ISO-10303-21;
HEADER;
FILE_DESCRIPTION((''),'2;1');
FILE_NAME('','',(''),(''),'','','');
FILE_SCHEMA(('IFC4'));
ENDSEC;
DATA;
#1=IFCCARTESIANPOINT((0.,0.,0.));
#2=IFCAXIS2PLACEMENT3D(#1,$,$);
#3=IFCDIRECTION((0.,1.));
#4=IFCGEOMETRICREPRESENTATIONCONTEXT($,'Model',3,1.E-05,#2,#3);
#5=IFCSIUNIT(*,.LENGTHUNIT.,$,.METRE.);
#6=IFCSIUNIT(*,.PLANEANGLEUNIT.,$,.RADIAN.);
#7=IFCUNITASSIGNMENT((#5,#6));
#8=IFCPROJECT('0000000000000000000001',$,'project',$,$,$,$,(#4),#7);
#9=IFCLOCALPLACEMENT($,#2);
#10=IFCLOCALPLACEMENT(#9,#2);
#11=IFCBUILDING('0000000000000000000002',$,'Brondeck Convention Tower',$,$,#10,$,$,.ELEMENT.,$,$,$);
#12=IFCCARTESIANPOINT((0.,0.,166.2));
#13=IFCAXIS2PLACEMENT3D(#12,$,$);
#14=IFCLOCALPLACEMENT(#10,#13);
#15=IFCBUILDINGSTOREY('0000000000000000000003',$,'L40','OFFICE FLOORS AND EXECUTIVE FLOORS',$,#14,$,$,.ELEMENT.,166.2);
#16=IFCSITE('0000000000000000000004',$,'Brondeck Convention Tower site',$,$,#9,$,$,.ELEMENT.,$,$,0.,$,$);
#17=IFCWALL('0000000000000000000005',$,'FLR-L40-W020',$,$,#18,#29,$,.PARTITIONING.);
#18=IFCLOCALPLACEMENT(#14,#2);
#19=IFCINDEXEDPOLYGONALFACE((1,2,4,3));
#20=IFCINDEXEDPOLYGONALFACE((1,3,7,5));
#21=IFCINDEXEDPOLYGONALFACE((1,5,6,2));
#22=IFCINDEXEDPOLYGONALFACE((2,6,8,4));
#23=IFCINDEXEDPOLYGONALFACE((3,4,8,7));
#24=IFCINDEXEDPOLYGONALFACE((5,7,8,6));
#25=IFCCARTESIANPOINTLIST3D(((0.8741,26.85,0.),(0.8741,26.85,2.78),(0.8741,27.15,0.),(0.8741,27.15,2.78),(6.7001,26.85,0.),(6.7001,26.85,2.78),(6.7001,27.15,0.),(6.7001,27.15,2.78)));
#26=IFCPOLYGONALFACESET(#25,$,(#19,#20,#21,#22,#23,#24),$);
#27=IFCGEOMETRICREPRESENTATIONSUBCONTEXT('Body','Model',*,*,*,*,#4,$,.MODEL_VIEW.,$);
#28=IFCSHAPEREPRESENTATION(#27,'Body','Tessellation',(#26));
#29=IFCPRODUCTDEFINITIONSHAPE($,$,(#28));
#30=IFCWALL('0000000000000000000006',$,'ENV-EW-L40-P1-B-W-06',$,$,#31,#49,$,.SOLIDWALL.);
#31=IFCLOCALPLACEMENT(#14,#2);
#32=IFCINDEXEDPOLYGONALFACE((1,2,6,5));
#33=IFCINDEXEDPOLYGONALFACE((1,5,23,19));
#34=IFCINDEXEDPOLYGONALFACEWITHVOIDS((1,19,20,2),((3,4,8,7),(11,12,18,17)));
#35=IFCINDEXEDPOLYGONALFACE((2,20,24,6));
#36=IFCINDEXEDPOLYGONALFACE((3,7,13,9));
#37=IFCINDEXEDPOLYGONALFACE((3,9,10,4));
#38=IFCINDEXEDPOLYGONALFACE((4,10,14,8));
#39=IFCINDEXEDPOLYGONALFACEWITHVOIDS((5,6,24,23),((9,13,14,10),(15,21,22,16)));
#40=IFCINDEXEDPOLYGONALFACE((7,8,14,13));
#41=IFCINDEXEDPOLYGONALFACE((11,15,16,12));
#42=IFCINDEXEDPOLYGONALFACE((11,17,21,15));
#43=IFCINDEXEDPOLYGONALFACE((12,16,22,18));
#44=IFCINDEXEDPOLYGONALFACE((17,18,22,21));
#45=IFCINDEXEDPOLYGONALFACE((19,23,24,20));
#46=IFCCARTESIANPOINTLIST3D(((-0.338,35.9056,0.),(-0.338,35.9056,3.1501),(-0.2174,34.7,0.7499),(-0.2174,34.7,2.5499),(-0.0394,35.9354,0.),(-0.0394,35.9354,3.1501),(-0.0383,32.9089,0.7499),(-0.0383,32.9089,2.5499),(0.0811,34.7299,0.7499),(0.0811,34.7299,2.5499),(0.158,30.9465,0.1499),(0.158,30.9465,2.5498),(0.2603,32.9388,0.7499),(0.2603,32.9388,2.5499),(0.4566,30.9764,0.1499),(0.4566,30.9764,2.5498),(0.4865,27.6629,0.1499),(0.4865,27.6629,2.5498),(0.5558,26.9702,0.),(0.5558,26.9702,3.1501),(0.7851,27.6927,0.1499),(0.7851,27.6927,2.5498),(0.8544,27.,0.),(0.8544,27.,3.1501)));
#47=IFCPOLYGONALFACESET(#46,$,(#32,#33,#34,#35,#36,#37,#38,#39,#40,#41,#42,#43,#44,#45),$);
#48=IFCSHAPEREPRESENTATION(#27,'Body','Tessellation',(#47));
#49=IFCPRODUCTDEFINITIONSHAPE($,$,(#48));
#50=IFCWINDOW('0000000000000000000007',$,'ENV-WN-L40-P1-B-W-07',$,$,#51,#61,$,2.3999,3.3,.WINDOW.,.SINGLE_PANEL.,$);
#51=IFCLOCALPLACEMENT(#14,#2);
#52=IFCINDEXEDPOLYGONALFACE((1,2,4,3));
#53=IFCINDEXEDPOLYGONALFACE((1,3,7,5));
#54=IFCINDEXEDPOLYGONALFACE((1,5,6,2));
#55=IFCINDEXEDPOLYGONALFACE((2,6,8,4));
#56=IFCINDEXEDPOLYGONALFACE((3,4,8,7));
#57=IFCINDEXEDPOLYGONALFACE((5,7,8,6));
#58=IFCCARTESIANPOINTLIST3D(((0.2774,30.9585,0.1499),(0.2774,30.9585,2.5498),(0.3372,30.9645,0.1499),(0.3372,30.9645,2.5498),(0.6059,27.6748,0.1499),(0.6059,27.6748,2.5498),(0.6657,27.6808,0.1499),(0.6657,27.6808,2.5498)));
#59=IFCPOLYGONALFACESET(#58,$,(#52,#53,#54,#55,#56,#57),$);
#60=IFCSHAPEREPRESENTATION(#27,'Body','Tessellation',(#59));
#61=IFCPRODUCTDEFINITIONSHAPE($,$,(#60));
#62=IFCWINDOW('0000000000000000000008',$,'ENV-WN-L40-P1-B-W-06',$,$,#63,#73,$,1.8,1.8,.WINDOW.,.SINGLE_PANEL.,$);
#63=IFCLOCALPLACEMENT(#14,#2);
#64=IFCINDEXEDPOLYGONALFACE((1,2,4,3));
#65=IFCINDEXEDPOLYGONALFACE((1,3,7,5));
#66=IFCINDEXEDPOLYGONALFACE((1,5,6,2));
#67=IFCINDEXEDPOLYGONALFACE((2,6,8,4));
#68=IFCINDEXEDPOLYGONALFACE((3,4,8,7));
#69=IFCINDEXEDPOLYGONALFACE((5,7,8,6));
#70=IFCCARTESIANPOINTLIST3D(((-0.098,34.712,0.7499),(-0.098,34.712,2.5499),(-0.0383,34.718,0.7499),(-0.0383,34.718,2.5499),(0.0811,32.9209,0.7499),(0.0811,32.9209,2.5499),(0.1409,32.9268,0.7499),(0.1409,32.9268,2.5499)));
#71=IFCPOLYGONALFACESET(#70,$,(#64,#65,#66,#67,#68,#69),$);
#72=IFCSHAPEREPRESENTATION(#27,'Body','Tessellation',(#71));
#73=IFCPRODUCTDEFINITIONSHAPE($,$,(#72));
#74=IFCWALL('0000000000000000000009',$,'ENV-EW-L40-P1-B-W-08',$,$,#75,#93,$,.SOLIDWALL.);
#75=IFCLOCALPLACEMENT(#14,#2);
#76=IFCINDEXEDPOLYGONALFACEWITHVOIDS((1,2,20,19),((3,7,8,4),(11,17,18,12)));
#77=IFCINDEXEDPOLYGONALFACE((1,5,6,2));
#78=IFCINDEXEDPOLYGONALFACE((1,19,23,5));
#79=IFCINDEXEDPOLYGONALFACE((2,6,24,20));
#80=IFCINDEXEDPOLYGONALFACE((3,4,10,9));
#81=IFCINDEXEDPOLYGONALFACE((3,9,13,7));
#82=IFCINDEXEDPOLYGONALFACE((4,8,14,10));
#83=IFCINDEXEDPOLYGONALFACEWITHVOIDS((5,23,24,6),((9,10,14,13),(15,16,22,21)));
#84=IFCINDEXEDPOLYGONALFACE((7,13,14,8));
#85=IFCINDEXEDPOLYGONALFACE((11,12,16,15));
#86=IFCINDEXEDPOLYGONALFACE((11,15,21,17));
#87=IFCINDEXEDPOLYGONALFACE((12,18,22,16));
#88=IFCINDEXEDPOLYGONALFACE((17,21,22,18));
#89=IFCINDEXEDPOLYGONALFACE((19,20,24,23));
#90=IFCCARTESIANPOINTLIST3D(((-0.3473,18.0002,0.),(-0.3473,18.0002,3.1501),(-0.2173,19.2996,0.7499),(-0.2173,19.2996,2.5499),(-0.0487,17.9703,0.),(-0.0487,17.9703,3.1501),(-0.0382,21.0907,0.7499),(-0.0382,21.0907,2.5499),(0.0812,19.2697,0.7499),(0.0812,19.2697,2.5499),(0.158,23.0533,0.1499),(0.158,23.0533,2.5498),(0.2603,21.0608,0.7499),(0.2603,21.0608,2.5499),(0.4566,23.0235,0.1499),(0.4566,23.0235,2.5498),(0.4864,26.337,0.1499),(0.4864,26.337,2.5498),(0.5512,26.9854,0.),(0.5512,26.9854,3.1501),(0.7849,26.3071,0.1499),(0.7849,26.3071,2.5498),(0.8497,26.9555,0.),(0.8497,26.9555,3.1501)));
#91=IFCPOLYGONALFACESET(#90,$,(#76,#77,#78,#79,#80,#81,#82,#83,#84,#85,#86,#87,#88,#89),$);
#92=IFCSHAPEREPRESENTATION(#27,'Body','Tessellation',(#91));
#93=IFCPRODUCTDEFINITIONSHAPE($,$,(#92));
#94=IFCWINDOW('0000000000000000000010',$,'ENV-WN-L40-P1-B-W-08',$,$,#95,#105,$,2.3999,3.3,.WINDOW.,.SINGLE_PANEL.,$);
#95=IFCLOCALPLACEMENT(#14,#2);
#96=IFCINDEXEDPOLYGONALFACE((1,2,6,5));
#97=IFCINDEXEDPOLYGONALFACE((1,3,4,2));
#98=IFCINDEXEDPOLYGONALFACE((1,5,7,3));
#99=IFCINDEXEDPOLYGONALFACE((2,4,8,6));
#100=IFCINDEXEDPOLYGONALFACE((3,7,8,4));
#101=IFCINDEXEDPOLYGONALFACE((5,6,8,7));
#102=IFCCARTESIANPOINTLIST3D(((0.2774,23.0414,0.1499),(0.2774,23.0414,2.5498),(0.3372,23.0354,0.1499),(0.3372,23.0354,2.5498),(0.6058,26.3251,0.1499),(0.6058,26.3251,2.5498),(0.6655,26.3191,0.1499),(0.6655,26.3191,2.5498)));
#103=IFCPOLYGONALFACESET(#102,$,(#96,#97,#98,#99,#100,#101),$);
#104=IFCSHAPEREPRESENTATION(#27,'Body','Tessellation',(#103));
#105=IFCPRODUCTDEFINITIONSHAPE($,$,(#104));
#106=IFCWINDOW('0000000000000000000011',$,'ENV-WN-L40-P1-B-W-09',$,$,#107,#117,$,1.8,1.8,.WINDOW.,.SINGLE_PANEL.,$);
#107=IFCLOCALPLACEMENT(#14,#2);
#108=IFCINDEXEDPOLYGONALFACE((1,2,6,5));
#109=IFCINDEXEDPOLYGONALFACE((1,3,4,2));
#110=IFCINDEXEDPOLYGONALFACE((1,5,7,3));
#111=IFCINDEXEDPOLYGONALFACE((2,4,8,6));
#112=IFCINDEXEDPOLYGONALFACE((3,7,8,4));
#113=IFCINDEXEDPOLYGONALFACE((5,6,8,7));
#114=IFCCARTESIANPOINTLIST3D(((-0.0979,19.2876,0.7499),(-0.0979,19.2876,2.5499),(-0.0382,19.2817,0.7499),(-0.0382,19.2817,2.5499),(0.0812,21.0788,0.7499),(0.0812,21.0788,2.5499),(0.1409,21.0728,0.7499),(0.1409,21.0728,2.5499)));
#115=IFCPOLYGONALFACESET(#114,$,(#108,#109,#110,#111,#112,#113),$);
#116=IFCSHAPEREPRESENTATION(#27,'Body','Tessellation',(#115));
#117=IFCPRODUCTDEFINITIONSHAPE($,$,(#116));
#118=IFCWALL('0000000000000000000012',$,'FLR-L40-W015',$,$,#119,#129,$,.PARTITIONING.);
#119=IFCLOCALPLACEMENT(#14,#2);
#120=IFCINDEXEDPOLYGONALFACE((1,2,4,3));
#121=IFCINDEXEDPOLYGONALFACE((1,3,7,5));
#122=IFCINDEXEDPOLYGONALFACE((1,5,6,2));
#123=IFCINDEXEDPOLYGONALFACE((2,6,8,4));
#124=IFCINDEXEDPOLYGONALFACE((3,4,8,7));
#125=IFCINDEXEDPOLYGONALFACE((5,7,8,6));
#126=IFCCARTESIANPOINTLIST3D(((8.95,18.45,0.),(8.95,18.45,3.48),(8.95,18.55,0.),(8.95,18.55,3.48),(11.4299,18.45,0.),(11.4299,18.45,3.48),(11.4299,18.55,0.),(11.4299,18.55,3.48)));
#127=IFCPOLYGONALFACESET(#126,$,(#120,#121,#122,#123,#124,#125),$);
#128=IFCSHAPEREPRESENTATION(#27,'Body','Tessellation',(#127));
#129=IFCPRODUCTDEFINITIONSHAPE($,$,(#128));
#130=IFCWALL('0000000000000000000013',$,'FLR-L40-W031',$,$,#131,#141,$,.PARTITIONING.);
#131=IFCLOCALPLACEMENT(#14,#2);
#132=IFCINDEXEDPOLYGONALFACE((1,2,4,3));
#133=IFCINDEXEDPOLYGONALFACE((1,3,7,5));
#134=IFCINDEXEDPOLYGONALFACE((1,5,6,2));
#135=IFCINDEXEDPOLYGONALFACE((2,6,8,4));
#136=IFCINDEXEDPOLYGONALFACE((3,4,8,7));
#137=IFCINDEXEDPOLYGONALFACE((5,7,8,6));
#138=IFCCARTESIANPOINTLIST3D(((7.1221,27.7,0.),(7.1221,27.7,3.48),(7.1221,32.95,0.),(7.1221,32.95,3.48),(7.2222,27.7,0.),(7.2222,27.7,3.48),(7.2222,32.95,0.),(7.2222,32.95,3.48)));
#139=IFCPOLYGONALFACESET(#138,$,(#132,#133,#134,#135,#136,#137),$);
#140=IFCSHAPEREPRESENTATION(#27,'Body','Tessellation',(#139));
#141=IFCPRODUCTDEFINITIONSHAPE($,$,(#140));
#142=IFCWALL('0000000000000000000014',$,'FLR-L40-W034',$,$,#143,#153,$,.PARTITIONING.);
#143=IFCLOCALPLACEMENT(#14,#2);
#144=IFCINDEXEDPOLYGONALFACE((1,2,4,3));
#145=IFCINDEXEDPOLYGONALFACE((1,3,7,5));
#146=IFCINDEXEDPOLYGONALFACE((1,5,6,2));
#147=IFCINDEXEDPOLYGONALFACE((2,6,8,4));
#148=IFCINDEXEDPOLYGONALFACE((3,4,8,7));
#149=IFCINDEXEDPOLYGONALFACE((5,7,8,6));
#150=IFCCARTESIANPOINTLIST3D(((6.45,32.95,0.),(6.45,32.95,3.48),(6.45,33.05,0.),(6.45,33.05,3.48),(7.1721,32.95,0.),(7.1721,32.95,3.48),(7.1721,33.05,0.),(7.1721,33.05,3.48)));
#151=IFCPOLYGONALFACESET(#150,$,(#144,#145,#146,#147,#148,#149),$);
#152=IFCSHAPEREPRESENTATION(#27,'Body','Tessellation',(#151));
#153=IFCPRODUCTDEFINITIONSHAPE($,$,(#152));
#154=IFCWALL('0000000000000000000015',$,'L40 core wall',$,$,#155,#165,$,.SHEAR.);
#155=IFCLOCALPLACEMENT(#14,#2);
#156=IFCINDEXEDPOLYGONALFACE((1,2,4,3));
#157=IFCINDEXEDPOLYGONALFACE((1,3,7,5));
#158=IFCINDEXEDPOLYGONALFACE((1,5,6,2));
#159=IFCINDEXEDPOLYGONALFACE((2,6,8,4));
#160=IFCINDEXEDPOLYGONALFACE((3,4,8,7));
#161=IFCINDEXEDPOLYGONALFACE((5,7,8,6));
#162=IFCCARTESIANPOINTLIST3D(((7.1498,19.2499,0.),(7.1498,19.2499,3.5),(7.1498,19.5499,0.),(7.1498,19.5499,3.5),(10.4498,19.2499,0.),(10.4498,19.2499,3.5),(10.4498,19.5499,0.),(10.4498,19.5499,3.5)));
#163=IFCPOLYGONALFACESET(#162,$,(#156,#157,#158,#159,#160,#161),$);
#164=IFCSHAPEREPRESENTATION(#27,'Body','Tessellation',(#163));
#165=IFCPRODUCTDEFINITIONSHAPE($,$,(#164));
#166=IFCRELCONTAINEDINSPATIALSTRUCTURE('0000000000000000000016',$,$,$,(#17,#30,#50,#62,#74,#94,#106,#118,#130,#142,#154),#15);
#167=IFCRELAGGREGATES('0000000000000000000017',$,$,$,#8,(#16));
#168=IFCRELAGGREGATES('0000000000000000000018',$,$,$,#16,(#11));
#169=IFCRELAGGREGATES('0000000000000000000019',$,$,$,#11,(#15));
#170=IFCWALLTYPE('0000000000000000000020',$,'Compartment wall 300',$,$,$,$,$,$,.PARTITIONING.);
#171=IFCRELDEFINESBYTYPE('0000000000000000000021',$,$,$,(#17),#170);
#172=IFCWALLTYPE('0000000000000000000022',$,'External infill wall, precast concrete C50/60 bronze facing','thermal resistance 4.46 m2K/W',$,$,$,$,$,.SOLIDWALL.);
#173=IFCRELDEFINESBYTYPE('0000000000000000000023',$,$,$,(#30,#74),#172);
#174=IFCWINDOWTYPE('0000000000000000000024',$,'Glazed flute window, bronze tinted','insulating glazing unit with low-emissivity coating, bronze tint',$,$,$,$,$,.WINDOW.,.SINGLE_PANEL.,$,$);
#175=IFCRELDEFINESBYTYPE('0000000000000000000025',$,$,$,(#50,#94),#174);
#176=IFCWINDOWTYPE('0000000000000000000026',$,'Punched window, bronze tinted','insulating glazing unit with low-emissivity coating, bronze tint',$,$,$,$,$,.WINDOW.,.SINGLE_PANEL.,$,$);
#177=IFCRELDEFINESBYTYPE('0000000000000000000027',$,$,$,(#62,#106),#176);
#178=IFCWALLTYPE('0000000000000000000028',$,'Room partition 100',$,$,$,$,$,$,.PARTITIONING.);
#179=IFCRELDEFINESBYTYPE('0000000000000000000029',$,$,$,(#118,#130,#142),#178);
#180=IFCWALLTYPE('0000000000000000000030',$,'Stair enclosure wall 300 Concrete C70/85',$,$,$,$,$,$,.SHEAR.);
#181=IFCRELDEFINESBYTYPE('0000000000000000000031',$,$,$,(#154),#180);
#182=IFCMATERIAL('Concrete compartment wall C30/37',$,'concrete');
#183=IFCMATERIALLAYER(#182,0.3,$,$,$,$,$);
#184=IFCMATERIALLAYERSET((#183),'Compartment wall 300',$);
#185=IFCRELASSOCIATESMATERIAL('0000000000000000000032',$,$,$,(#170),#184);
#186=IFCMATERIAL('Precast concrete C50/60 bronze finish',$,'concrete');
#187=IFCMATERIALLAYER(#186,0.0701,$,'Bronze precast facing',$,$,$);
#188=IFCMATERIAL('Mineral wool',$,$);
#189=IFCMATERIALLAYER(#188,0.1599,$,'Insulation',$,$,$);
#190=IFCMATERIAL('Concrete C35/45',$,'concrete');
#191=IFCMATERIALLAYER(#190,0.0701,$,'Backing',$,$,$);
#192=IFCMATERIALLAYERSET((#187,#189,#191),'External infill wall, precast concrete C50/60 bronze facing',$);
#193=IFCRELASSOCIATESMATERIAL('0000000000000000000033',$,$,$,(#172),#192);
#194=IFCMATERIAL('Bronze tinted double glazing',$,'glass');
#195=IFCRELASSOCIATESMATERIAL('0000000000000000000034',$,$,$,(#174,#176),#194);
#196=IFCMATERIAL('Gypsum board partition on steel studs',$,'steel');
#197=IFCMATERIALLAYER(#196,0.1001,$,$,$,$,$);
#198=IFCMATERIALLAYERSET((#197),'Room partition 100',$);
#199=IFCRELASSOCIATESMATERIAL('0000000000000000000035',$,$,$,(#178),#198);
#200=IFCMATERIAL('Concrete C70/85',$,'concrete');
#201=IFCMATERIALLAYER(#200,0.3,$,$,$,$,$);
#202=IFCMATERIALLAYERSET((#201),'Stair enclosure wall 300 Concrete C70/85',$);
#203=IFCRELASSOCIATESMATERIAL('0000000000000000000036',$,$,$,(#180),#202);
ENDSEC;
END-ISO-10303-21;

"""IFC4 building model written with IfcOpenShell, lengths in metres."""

from ifc_helpers import new_model, si_unit, direction, frame, frame_2d, origin, place, context, subcontext, project, spatial, rectangle, extrude, material, layer, layer_set, type_object, element, fill, save


model = new_model("IFC4")

# Units and contexts
model_context = context("Model", 3, precision=1e-05, world=origin(), true_north=direction((0.0, 1.0)))
body_context = subcontext(model_context, "Body", "Model", "MODEL_VIEW")
ifc_project = project(units=[si_unit("LENGTHUNIT", "METRE"), si_unit("PLANEANGLEUNIT", "RADIAN")], contexts=[model_context])

# Site, building, storey
site_placement = place(None, origin())
site = spatial("IfcSite", under=ifc_project, at=site_placement, Name="Brondeck Convention Tower site", CompositionType="ELEMENT", RefElevation=0.0)
building_placement = place(site_placement, origin())
building = spatial("IfcBuilding", under=site, at=building_placement, Name="Brondeck Convention Tower", CompositionType="ELEMENT")
storey_placement = place(building_placement, frame((0.0, 0.0, 166.2)))
storey = spatial("IfcBuildingStorey", under=building, at=storey_placement, Name="L40", Description="OFFICE FLOORS AND EXECUTIVE FLOORS", CompositionType="ELEMENT", Elevation=166.2)

# Shared definitions
ifc_material_1 = material(Name="Concrete C70/85", Category="concrete")

# Wall
ifc_material_2 = material(Name="Concrete compartment wall C30/37", Category="concrete")
ifc_layer_1 = layer(ifc_material_2, 0.3)
ifc_layer_set_1 = layer_set([ifc_layer_1], Name="Compartment wall 300")
wall_type_1 = type_object("IfcWallType", Name="Compartment wall 300", PredefinedType="PARTITIONING", material=ifc_layer_set_1)
wall_1_placement = place(storey_placement, frame((0.874, 27.0, 0.0), z_axis=(0.0, 0.0, 1.0), x_axis=(1.0, 0.0, 0.0)))
element("IfcWall", 1, at=wall_1_placement, inside=storey, type_object=wall_type_1, Name="FLR-L40-W020", PredefinedType="PARTITIONING", context=body_context, shape_type="SweptSolid", body=[
    extrude(rectangle(XDim=5.8259, YDim=0.3, at=frame_2d((2.9131, 0.0))), origin(), (0.0, 0.0, 1.0), 2.78),
])

# Walls, openings, windows
ifc_material_3 = material(Name="Precast concrete C50/60 bronze finish", Category="concrete")
ifc_layer_2 = layer(ifc_material_3, 0.0701, Name="Bronze precast facing")
ifc_material_4 = material(Name="Mineral wool")
ifc_layer_3 = layer(ifc_material_4, 0.1599, Name="Insulation")
ifc_material_5 = material(Name="Concrete C35/45", Category="concrete")
ifc_layer_4 = layer(ifc_material_5, 0.0701, Name="Backing")
ifc_layer_set_2 = layer_set([ifc_layer_2, ifc_layer_3, ifc_layer_4], Name="External infill wall, precast concrete C50/60 bronze facing")
wall_type_2 = type_object("IfcWallType", Name="External infill wall, precast concrete C50/60 bronze facing", Description="thermal resistance 4.46 m2K/W", PredefinedType="SOLIDWALL", material=ifc_layer_set_2)
wall_2_placement = place(storey_placement, frame((0.7051, 26.9851, 0.0), z_axis=(0.0, 0.0, 1.0), x_axis=(-0.099533, 0.995034, 0.0)))
wall_2 = element("IfcWall", 2, at=wall_2_placement, inside=storey, type_object=wall_type_2, Name="ENV-EW-L40-P1-B-W-06", PredefinedType="SOLIDWALL", context=body_context, shape_type="SweptSolid", body=[
    extrude(rectangle(XDim=8.98, YDim=0.3, at=frame_2d((4.49, 0.0))), origin(), (0.0, 0.0, 1.0), 3.1501),
])
opening_1_placement = place(wall_2_placement, frame((0.6963, 0.0, 0.1499)))
opening_1 = element("IfcOpeningElement", 3, at=opening_1_placement, cuts=wall_2, PredefinedType="OPENING", context=body_context, shape_type="SweptSolid", body=[
    extrude(rectangle(XDim=3.3, YDim=2.3999, at=frame_2d((1.6499, 1.2))), frame((0.0, 0.1599, 0.0), z_axis=(0.0, -1.0, 0.0), x_axis=(1.0, 0.0, 0.0)), (0.0, 0.0, 1.0), 0.3201),
])
opening_2_placement = place(wall_2_placement, frame((5.9685, 0.0, 0.75)))
opening_2 = element("IfcOpeningElement", 4, at=opening_2_placement, cuts=wall_2, PredefinedType="OPENING", context=body_context, shape_type="SweptSolid", body=[
    extrude(rectangle(XDim=1.8, YDim=1.8, at=frame_2d((0.8999, 0.8999))), frame((0.0, 0.1599, 0.0), z_axis=(0.0, -1.0, 0.0), x_axis=(1.0, 0.0, 0.0)), (0.0, 0.0, 1.0), 0.3201),
])
ifc_material_6 = material(Name="Bronze tinted double glazing", Category="glass")
window_type_1 = type_object("IfcWindowType", Name="Glazed flute window, bronze tinted", Description="insulating glazing unit with low-emissivity coating, bronze tint", PartitioningType="SINGLE_PANEL", PredefinedType="WINDOW", material=ifc_material_6)
window_1_placement = place(opening_1_placement, origin())
window_1 = element("IfcWindow", 5, at=window_1_placement, inside=storey, type_object=window_type_1, Name="ENV-WN-L40-P1-B-W-07", OverallHeight=2.3999, OverallWidth=3.3, PartitioningType="SINGLE_PANEL", PredefinedType="WINDOW", context=body_context, shape_type="SweptSolid", body=[
    extrude(rectangle(XDim=3.3, YDim=2.3999, at=frame_2d((1.6499, 1.2))), frame((0.0, 0.03, 0.0), z_axis=(0.0, -1.0, 0.0), x_axis=(1.0, 0.0, 0.0)), (0.0, 0.0, 1.0), 0.0601),
])
fill(opening_1, window_1)
window_type_2 = type_object("IfcWindowType", Name="Punched window, bronze tinted", Description="insulating glazing unit with low-emissivity coating, bronze tint", PartitioningType="SINGLE_PANEL", PredefinedType="WINDOW", material=ifc_material_6)
window_2_placement = place(opening_2_placement, origin())
window_2 = element("IfcWindow", 6, at=window_2_placement, inside=storey, type_object=window_type_2, Name="ENV-WN-L40-P1-B-W-06", OverallHeight=1.8, OverallWidth=1.8, PartitioningType="SINGLE_PANEL", PredefinedType="WINDOW", context=body_context, shape_type="SweptSolid", body=[
    extrude(rectangle(XDim=1.8, YDim=1.8, at=frame_2d((0.8999, 0.8999))), frame((0.0, 0.03, 0.0), z_axis=(0.0, -1.0, 0.0), x_axis=(1.0, 0.0, 0.0)), (0.0, 0.0, 1.0), 0.0601),
])
fill(opening_2, window_2)
wall_3_placement = place(storey_placement, frame((-0.198, 17.9851, 0.0), z_axis=(0.0, 0.0, 1.0), x_axis=(0.099496, 0.995038, 0.0)))
wall_3 = element("IfcWall", 7, at=wall_3_placement, inside=storey, type_object=wall_type_2, Name="ENV-EW-L40-P1-B-W-08", PredefinedType="SOLIDWALL", context=body_context, shape_type="SweptSolid", body=[
    extrude(rectangle(XDim=9.03, YDim=0.3, at=frame_2d((4.5151, 0.0))), origin(), (0.0, 0.0, 1.0), 3.1501),
])
opening_3_placement = place(wall_3_placement, frame((1.3062, 0.0, 0.75)))
opening_3 = element("IfcOpeningElement", 8, at=opening_3_placement, cuts=wall_3, PredefinedType="OPENING", context=body_context, shape_type="SweptSolid", body=[
    extrude(rectangle(XDim=1.8, YDim=1.8, at=frame_2d((0.8999, 0.8999))), frame((0.0, 0.1599, 0.0), z_axis=(0.0, -1.0, 0.0), x_axis=(1.0, 0.0, 0.0)), (0.0, 0.0, 1.0), 0.3201),
])
opening_4_placement = place(wall_3_placement, frame((5.0786, 0.0, 0.1499)))
opening_4 = element("IfcOpeningElement", 9, at=opening_4_placement, cuts=wall_3, PredefinedType="OPENING", context=body_context, shape_type="SweptSolid", body=[
    extrude(rectangle(XDim=3.3, YDim=2.3999, at=frame_2d((1.6499, 1.2))), frame((0.0, 0.1599, 0.0), z_axis=(0.0, -1.0, 0.0), x_axis=(1.0, 0.0, 0.0)), (0.0, 0.0, 1.0), 0.3201),
])
window_3_placement = place(opening_4_placement, origin())
window_3 = element("IfcWindow", 10, at=window_3_placement, inside=storey, type_object=window_type_1, Name="ENV-WN-L40-P1-B-W-08", OverallHeight=2.3999, OverallWidth=3.3, PartitioningType="SINGLE_PANEL", PredefinedType="WINDOW", context=body_context, shape_type="SweptSolid", body=[
    extrude(rectangle(XDim=3.3, YDim=2.3999, at=frame_2d((1.6499, 1.2))), frame((0.0, 0.03, 0.0), z_axis=(0.0, -1.0, 0.0), x_axis=(1.0, 0.0, 0.0)), (0.0, 0.0, 1.0), 0.0601),
])
fill(opening_4, window_3)
window_4_placement = place(opening_3_placement, origin())
window_4 = element("IfcWindow", 11, at=window_4_placement, inside=storey, type_object=window_type_2, Name="ENV-WN-L40-P1-B-W-09", OverallHeight=1.8, OverallWidth=1.8, PartitioningType="SINGLE_PANEL", PredefinedType="WINDOW", context=body_context, shape_type="SweptSolid", body=[
    extrude(rectangle(XDim=1.8, YDim=1.8, at=frame_2d((0.8999, 0.8999))), frame((0.0, 0.03, 0.0), z_axis=(0.0, -1.0, 0.0), x_axis=(1.0, 0.0, 0.0)), (0.0, 0.0, 1.0), 0.0601),
])
fill(opening_3, window_4)

# Walls
ifc_material_7 = material(Name="Gypsum board partition on steel studs", Category="steel")
ifc_layer_5 = layer(ifc_material_7, 0.1001)
ifc_layer_set_3 = layer_set([ifc_layer_5], Name="Room partition 100")
wall_type_3 = type_object("IfcWallType", Name="Room partition 100", PredefinedType="PARTITIONING", material=ifc_layer_set_3)
wall_4_placement = place(storey_placement, frame((8.95, 18.5, 0.0), z_axis=(0.0, 0.0, 1.0), x_axis=(1.0, 0.0, 0.0)))
element("IfcWall", 12, at=wall_4_placement, inside=storey, type_object=wall_type_3, Name="FLR-L40-W015", PredefinedType="PARTITIONING", context=body_context, shape_type="SweptSolid", body=[
    extrude(rectangle(XDim=2.48, YDim=0.1001, at=frame_2d((1.24, 0.0))), origin(), (0.0, 0.0, 1.0), 3.48),
])
wall_5_placement = place(storey_placement, frame((7.1721, 32.95, 0.0), z_axis=(0.0, 0.0, 1.0), x_axis=(0.0, -1.0, 0.0)))
element("IfcWall", 13, at=wall_5_placement, inside=storey, type_object=wall_type_3, Name="FLR-L40-W031", PredefinedType="PARTITIONING", context=body_context, shape_type="SweptSolid", body=[
    extrude(rectangle(XDim=5.25, YDim=0.1001, at=frame_2d((2.625, 0.0))), origin(), (0.0, 0.0, 1.0), 3.48),
])
wall_6_placement = place(storey_placement, frame((7.1721, 33.0, 0.0), z_axis=(0.0, 0.0, 1.0), x_axis=(-1.0, 0.0, 0.0)))
element("IfcWall", 14, at=wall_6_placement, inside=storey, type_object=wall_type_3, Name="FLR-L40-W034", PredefinedType="PARTITIONING", context=body_context, shape_type="SweptSolid", body=[
    extrude(rectangle(XDim=0.7222, YDim=0.1001, at=frame_2d((0.3611, 0.0))), origin(), (0.0, 0.0, 1.0), 3.48),
])
ifc_layer_6 = layer(ifc_material_1, 0.3)
ifc_layer_set_4 = layer_set([ifc_layer_6], Name="Stair enclosure wall 300 Concrete C70/85")
wall_type_4 = type_object("IfcWallType", Name="Stair enclosure wall 300 Concrete C70/85", PredefinedType="SHEAR", material=ifc_layer_set_4)
for number, where, z_axis, x_axis, name in (
    (15, (7.1499, 19.3999, 0.0), (0.0, 0.0, 1.0), (1.0, 0.0, 0.0), "L40 core wall"),
):
    element("IfcWall", number, at=place(storey_placement, frame(where, z_axis=z_axis, x_axis=x_axis)), inside=storey, type_object=wall_type_4, Name=name, PredefinedType="SHEAR", context=body_context, shape_type="SweptSolid", body=[
        extrude(rectangle(XDim=3.3, YDim=0.3, at=frame_2d((1.6499, 0.0))), origin(), (0.0, 0.0, 1.0), 3.5),
    ])

save(model, "model.ifc")
